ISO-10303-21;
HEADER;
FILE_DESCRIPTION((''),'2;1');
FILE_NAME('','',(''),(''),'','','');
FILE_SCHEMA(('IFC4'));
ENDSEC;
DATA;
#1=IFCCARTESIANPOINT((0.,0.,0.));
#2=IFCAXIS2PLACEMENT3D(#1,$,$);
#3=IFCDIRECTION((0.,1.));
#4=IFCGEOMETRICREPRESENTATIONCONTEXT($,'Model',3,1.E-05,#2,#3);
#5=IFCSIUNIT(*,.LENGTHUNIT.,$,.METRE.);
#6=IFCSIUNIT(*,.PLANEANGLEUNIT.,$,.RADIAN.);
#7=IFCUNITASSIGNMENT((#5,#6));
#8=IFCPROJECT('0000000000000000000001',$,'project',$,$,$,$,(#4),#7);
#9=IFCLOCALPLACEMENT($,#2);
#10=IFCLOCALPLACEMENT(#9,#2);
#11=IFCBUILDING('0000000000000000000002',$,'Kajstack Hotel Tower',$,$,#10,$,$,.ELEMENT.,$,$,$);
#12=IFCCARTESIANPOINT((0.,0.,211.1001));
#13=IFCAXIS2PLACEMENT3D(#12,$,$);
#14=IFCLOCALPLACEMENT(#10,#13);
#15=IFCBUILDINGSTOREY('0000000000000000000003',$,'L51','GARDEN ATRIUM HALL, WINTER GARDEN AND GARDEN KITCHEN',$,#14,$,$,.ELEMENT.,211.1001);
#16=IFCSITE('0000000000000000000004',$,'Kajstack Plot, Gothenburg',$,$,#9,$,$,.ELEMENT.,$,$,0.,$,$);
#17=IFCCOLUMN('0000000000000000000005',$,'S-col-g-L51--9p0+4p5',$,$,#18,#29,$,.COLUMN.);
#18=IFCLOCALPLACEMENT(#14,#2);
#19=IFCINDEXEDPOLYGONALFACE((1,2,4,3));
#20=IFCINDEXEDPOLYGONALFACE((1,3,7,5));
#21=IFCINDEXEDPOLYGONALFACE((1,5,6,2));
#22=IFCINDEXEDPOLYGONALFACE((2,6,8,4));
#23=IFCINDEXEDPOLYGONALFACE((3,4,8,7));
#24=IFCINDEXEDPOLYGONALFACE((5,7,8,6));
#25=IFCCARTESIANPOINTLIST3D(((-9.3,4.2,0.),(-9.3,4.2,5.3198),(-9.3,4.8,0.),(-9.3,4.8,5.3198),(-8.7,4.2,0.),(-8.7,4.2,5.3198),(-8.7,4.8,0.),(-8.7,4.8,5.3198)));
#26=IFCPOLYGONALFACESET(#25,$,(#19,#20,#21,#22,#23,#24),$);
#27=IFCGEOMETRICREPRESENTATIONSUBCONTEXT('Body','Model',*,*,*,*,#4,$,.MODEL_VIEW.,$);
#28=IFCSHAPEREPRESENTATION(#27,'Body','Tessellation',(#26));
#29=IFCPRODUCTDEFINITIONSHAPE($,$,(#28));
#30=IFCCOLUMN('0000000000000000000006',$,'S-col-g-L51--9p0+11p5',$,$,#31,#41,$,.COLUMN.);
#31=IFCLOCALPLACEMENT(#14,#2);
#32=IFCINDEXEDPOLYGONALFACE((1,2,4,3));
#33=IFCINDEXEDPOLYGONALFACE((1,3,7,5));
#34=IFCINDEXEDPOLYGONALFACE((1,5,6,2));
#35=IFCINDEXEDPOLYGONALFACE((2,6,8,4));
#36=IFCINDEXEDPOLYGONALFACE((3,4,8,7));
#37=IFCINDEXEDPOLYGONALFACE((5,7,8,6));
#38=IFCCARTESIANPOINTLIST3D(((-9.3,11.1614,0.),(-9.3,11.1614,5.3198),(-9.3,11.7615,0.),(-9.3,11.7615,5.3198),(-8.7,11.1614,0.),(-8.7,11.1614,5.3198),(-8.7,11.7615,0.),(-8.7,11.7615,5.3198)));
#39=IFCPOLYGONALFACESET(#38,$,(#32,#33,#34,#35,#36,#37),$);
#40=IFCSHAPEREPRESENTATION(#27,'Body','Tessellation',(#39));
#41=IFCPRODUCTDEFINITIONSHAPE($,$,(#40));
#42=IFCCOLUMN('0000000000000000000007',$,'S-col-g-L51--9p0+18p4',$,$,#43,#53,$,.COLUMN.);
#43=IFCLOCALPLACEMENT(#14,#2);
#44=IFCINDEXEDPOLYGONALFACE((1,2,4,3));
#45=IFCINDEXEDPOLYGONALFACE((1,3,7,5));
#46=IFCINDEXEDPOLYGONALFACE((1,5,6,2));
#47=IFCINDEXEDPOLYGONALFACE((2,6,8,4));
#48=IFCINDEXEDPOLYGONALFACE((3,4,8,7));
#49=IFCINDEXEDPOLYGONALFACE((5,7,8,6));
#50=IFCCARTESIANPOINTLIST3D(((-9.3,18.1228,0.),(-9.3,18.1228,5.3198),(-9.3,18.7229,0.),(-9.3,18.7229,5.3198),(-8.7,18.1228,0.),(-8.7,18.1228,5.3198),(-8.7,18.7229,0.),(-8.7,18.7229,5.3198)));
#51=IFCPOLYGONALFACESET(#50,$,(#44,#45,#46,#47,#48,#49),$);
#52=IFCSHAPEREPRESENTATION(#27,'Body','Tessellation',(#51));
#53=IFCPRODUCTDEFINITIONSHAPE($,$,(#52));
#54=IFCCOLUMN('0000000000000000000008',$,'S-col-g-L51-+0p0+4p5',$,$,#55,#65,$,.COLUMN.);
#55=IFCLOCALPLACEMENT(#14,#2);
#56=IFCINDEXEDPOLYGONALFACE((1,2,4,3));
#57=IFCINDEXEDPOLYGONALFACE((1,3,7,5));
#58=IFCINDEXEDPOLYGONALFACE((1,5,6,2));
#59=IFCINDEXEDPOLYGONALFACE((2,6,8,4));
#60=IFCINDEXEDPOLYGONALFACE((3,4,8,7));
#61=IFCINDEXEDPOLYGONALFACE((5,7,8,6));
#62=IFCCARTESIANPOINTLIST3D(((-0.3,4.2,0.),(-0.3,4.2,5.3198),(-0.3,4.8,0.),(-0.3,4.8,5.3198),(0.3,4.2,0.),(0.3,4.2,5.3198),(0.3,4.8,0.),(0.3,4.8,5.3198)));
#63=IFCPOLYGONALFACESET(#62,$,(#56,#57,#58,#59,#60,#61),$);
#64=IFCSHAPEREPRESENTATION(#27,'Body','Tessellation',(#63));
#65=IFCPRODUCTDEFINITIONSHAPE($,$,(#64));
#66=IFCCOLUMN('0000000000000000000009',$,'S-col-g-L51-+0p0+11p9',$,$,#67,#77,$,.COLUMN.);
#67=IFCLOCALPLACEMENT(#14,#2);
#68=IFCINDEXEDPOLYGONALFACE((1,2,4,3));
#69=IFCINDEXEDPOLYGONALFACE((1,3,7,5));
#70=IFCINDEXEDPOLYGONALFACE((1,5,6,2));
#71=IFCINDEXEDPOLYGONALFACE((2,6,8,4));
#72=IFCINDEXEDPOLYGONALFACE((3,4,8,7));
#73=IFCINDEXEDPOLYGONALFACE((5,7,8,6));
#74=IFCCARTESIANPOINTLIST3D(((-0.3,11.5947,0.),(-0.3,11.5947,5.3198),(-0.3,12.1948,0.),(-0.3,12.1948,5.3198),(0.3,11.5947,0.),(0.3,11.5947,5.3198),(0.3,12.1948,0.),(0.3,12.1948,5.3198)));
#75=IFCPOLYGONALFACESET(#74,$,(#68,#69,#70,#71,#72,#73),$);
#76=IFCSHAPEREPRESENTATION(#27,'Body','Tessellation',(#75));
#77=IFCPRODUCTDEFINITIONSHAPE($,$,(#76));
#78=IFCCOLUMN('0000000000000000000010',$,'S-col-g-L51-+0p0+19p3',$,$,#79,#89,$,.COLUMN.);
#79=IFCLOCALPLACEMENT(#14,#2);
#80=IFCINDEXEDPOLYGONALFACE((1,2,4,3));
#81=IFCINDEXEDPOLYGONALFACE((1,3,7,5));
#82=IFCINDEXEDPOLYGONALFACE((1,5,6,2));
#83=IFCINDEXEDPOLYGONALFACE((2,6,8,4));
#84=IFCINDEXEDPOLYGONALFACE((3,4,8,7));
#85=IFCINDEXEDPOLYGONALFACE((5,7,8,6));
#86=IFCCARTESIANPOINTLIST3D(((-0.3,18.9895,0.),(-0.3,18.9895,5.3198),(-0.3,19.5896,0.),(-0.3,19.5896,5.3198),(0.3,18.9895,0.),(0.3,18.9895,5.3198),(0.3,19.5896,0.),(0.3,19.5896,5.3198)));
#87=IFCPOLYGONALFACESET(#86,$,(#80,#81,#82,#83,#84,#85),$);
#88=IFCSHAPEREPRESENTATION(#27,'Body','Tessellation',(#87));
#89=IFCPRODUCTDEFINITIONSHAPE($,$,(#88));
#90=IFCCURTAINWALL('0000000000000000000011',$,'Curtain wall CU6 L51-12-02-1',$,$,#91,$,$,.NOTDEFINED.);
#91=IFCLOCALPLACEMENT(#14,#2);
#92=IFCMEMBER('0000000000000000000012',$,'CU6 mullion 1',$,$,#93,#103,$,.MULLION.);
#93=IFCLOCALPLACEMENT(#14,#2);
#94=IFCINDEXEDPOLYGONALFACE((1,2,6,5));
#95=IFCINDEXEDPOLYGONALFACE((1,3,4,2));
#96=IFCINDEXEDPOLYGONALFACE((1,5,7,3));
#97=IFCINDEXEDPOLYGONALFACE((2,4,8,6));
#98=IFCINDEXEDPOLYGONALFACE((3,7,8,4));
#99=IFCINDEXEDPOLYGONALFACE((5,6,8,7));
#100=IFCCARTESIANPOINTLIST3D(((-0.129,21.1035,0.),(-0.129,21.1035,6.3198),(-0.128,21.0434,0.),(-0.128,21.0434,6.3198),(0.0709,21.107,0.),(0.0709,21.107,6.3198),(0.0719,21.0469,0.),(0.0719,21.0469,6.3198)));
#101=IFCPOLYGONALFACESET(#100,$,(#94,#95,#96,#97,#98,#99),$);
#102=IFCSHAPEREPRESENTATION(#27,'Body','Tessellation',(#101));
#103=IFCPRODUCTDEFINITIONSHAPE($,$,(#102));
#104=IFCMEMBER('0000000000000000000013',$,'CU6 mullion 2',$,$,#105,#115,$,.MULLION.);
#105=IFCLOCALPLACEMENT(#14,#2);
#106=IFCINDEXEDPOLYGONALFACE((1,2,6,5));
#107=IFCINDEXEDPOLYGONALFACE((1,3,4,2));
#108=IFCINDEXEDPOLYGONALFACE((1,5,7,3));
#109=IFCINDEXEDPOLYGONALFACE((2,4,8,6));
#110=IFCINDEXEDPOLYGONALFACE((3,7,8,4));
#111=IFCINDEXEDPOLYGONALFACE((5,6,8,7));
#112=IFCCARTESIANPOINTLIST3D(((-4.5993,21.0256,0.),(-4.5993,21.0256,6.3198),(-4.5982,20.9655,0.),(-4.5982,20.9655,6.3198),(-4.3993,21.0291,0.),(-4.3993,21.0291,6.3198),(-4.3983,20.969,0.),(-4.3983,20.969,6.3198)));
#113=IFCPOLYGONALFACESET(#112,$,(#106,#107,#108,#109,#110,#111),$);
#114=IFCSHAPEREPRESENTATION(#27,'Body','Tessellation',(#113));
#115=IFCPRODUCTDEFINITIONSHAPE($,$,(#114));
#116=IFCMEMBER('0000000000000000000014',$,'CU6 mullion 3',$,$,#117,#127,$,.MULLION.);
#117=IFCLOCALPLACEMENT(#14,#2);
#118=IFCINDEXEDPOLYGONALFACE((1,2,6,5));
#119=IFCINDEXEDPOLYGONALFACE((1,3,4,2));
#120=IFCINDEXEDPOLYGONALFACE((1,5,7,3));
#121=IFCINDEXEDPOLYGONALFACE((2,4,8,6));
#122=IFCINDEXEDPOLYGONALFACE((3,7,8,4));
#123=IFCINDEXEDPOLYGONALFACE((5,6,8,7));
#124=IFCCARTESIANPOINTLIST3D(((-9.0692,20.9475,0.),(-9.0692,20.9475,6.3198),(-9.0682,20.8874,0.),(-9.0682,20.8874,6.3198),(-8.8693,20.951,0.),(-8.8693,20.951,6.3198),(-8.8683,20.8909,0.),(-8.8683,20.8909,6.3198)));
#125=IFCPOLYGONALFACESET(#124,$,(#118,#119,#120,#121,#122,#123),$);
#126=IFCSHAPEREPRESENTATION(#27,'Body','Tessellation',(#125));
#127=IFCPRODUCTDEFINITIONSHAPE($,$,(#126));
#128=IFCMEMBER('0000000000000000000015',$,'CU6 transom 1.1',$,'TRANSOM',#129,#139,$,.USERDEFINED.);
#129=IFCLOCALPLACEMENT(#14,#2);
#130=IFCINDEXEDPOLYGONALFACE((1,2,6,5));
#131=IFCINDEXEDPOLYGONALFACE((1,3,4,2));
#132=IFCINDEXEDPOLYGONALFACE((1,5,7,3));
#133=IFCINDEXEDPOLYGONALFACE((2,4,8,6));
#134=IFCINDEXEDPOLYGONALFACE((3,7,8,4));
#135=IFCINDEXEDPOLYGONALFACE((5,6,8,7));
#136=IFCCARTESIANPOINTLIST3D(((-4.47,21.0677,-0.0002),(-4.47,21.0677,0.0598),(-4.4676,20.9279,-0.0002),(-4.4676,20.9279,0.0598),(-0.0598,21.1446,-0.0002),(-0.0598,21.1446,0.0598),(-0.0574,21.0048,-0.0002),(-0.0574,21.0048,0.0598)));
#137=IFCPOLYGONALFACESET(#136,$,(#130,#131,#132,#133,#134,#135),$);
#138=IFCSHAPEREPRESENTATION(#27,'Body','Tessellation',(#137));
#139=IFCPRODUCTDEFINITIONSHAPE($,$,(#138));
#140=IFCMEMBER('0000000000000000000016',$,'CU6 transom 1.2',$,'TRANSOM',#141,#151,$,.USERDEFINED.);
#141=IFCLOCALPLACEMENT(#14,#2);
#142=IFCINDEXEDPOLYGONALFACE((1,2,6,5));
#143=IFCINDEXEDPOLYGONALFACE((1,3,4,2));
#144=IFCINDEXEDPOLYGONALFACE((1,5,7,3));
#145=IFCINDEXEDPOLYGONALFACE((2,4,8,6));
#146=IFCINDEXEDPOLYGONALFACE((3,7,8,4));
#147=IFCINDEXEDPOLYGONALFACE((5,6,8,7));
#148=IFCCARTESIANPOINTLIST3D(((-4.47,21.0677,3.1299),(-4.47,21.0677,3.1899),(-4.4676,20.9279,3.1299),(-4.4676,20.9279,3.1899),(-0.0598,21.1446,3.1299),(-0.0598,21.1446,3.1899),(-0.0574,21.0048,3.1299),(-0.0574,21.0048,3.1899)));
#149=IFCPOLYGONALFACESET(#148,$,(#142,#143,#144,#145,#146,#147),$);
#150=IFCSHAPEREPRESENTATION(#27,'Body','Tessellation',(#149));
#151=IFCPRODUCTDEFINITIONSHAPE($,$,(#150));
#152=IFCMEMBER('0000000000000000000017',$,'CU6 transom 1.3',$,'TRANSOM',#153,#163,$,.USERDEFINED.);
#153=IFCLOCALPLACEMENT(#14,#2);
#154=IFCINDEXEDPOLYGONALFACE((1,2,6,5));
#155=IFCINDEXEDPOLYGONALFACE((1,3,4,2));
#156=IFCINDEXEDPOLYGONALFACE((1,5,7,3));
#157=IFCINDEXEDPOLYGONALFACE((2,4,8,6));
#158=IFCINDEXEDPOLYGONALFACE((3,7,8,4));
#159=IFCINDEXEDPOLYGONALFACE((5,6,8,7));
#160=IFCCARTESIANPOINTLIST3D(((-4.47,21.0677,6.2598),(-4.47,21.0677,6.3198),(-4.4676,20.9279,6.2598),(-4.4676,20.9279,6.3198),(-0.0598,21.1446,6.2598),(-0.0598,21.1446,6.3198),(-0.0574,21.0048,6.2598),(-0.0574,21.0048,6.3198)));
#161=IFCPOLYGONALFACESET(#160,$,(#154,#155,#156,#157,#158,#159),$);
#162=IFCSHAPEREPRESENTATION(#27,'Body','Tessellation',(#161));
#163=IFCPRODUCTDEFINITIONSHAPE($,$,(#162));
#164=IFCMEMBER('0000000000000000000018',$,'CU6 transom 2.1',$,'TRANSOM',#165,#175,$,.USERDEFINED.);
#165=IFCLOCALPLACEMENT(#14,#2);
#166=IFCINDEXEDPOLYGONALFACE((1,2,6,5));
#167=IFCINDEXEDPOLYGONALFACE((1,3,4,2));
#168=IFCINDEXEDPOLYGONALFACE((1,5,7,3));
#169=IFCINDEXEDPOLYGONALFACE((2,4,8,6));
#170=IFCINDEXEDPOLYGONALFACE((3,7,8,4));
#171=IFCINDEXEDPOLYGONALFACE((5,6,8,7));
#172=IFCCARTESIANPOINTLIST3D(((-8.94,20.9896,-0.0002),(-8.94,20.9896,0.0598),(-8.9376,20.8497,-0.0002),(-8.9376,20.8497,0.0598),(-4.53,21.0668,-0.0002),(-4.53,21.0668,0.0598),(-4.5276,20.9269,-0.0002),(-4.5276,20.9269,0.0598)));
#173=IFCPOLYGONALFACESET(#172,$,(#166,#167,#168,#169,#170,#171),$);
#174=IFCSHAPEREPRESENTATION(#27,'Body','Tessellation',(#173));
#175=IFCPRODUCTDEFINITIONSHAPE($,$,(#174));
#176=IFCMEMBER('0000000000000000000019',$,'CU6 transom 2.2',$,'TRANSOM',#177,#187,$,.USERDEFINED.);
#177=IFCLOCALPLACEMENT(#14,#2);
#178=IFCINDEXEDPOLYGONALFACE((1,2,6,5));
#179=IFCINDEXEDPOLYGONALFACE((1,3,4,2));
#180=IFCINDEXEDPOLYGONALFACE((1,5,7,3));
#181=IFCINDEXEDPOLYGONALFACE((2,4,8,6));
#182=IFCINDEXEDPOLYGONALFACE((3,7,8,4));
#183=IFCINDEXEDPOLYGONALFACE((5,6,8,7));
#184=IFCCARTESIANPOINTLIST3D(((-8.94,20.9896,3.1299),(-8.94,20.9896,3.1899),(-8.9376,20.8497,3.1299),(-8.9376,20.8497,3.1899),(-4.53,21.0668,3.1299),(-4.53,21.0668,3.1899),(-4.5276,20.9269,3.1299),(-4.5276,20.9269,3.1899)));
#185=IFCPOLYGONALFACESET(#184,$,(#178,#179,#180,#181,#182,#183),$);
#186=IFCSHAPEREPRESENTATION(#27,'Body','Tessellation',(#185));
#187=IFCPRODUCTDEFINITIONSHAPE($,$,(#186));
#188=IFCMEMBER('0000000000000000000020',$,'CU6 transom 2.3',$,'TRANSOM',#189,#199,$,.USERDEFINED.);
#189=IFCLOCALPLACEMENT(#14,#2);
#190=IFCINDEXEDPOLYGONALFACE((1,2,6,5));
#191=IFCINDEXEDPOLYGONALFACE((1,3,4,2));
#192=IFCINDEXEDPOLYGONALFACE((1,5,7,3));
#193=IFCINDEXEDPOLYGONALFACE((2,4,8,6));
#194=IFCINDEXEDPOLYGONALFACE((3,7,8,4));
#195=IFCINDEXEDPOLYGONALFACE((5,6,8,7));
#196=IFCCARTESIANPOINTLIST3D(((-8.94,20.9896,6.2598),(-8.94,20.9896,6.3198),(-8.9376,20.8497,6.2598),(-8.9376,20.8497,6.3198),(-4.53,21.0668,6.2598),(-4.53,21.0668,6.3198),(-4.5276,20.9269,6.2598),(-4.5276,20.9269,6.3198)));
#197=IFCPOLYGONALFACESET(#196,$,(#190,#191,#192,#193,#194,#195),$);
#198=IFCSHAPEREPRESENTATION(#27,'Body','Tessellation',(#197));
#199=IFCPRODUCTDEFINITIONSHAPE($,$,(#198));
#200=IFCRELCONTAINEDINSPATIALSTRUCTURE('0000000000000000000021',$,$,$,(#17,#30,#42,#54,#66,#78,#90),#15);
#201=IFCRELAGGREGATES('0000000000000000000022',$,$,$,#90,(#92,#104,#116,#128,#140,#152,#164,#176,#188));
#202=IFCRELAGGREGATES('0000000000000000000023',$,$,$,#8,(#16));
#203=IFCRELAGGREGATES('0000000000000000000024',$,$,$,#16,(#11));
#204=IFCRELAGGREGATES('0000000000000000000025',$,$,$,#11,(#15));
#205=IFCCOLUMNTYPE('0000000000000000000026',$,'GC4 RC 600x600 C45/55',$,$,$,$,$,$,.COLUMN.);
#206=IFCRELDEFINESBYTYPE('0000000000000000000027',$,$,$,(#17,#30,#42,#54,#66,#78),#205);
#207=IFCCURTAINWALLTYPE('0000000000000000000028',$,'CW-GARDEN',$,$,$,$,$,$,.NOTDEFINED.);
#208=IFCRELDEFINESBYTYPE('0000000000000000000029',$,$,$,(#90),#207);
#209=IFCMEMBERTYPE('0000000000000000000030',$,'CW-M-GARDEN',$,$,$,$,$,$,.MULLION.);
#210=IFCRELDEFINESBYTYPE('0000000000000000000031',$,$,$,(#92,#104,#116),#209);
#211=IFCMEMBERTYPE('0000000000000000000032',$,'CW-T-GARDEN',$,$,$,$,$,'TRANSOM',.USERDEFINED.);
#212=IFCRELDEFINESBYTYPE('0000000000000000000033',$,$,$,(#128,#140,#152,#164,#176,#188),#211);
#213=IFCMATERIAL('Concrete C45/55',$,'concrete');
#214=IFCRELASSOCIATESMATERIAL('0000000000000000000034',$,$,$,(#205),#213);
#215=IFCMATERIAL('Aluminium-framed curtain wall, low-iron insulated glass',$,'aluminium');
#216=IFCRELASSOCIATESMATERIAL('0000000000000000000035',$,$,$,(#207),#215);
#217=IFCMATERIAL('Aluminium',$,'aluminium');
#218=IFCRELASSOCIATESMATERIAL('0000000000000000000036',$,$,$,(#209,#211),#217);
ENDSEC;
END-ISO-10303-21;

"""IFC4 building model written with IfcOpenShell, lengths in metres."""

from ifc_helpers import new_model, si_unit, direction, frame, origin, origin_2d, place, context, subcontext, project, spatial, rectangle, extrude, material, material_profile, profile_set, type_object, element, aggregate, save


model = new_model("IFC4")

# Units and contexts
model_context = context("Model", 3, precision=1e-05, world=origin(), true_north=direction((0.0, 1.0)))
body_context = subcontext(model_context, "Body", "Model", "MODEL_VIEW")
ifc_project = project(units=[si_unit("LENGTHUNIT", "METRE"), si_unit("PLANEANGLEUNIT", "RADIAN")], contexts=[model_context])

# Site, building, storey
site_placement = place(None, origin())
site = spatial("IfcSite", under=ifc_project, at=site_placement, Name="Kajstack Plot, Gothenburg", CompositionType="ELEMENT", RefElevation=0.0)
building_placement = place(site_placement, origin())
building = spatial("IfcBuilding", under=site, at=building_placement, Name="Kajstack Hotel Tower", CompositionType="ELEMENT")
storey_placement = place(building_placement, frame((0.0, 0.0, 211.1001)))
storey = spatial("IfcBuildingStorey", under=building, at=storey_placement, Name="L51", Description="GARDEN ATRIUM HALL, WINTER GARDEN AND GARDEN KITCHEN", CompositionType="ELEMENT", Elevation=211.1001)

# Columns
ifc_material_1 = material(Name="Concrete C45/55", Category="concrete")
ifc_material_profile_1 = material_profile(ifc_material_1, rectangle(XDim=0.6001, YDim=0.6001, at=origin_2d()), Name="RC 600x600")
ifc_profile_set_1 = profile_set([ifc_material_profile_1], Name="Concrete C45/55")
column_type = type_object("IfcColumnType", Name="GC4 RC 600x600 C45/55", PredefinedType="COLUMN", material=ifc_profile_set_1)
for number, where, z_axis, x_axis, name in (
    (1, (-9.0, 4.5, 0.0), (0.0, 0.0, 1.0), (1.0, 0.0, 0.0), "S-col-g-L51--9p0+4p5"),
    (2, (-9.0, 11.4614, 0.0), (0.0, 0.0, 1.0), (1.0, 0.0, 0.0), "S-col-g-L51--9p0+11p5"),
    (3, (-9.0, 18.4229, 0.0), (0.0, 0.0, 1.0), (1.0, 0.0, 0.0), "S-col-g-L51--9p0+18p4"),
    (4, (0.0, 4.5, 0.0), (0.0, 0.0, 1.0), (1.0, 0.0, 0.0), "S-col-g-L51-+0p0+4p5"),
    (5, (0.0, 11.8948, 0.0), (0.0, 0.0, 1.0), (1.0, 0.0, 0.0), "S-col-g-L51-+0p0+11p9"),
    (6, (0.0, 19.2896, 0.0), (0.0, 0.0, 1.0), (1.0, 0.0, 0.0), "S-col-g-L51-+0p0+19p3"),
):
    element("IfcColumn", number, at=place(storey_placement, frame(where, z_axis=z_axis, x_axis=x_axis)), inside=storey, type_object=column_type, Name=name, PredefinedType="COLUMN", context=body_context, shape_type="SweptSolid", body=[
        extrude(rectangle(XDim=0.6001, YDim=0.6001, at=origin_2d()), origin(), (0.0, 0.0, 1.0), 5.3198),
    ])

# Curtain wall, members
ifc_material_2 = material(Name="Aluminium-framed curtain wall, low-iron insulated glass", Category="aluminium")
curtain_wall_type = type_object("IfcCurtainWallType", Name="CW-GARDEN", PredefinedType="NOTDEFINED", material=ifc_material_2)
curtain_wall_placement = place(storey_placement, origin())
curtain_wall = element("IfcCurtainWall", 7, at=curtain_wall_placement, inside=storey, type_object=curtain_wall_type, Name="Curtain wall CU6 L51-12-02-1", PredefinedType="NOTDEFINED")
ifc_material_3 = material(Name="Aluminium", Category="aluminium")
ifc_material_profile_2 = material_profile(ifc_material_3, rectangle(XDim=0.0601, YDim=0.2, at=origin_2d()), Name="Aluminium mullion 60 x 200")
ifc_profile_set_2 = profile_set([ifc_material_profile_2], Name="Aluminium")
member_type_1 = type_object("IfcMemberType", Name="CW-M-GARDEN", PredefinedType="MULLION", material=ifc_profile_set_2)
member_1_placement = place(storey_placement, frame((-0.0286, 21.0752, 0.0), z_axis=(0.0, 0.0, 1.0), x_axis=(0.017453, -0.999848, 0.0)))
member_1 = element("IfcMember", 8, at=member_1_placement, type_object=member_type_1, Name="CU6 mullion 1", PredefinedType="MULLION", context=body_context, shape_type="SweptSolid", body=[
    extrude(rectangle(XDim=0.0601, YDim=0.2, at=origin_2d()), origin(), (0.0, 0.0, 1.0), 6.3198),
])
member_2_placement = place(storey_placement, frame((-4.4988, 20.9973, 0.0), z_axis=(0.0, 0.0, 1.0), x_axis=(0.017453, -0.999848, 0.0)))
member_2 = element("IfcMember", 9, at=member_2_placement, type_object=member_type_1, Name="CU6 mullion 2", PredefinedType="MULLION", context=body_context, shape_type="SweptSolid", body=[
    extrude(rectangle(XDim=0.0601, YDim=0.2, at=origin_2d()), origin(), (0.0, 0.0, 1.0), 6.3198),
])
member_3_placement = place(storey_placement, frame((-8.9688, 20.9192, 0.0), z_axis=(0.0, 0.0, 1.0), x_axis=(0.017453, -0.999848, 0.0)))
member_3 = element("IfcMember", 10, at=member_3_placement, type_object=member_type_1, Name="CU6 mullion 3", PredefinedType="MULLION", context=body_context, shape_type="SweptSolid", body=[
    extrude(rectangle(XDim=0.0601, YDim=0.2, at=origin_2d()), origin(), (0.0, 0.0, 1.0), 6.3198),
])
ifc_material_profile_3 = material_profile(ifc_material_3, rectangle(XDim=0.1399, YDim=0.0601, at=origin_2d()), Name="Aluminium transom 140 x 60")
ifc_profile_set_3 = profile_set([ifc_material_profile_3], Name="Aluminium")
member_type_2 = type_object("IfcMemberType", Name="CW-T-GARDEN", ElementType="TRANSOM", PredefinedType="USERDEFINED", material=ifc_profile_set_3)
member_4_placement = place(storey_placement, frame((-0.0586, 21.0747, 0.0298), z_axis=(-0.999848, -0.017435, 0.0), x_axis=(0.017435, -0.999848, 0.0)))
member_4 = element("IfcMember", 11, at=member_4_placement, type_object=member_type_2, Name="CU6 transom 1.1", ObjectType="TRANSOM", PredefinedType="USERDEFINED", context=body_context, shape_type="SweptSolid", body=[
    extrude(rectangle(XDim=0.1399, YDim=0.0601, at=origin_2d()), origin(), (0.0, 0.0, 1.0), 4.4109),
])
member_5_placement = place(storey_placement, frame((-0.0586, 21.0747, 3.1599), z_axis=(-0.999848, -0.017435, 0.0), x_axis=(0.017435, -0.999848, 0.0)))
member_5 = element("IfcMember", 12, at=member_5_placement, type_object=member_type_2, Name="CU6 transom 1.2", ObjectType="TRANSOM", PredefinedType="USERDEFINED", context=body_context, shape_type="SweptSolid", body=[
    extrude(rectangle(XDim=0.1399, YDim=0.0601, at=origin_2d()), origin(), (0.0, 0.0, 1.0), 4.4109),
])
member_6_placement = place(storey_placement, frame((-0.0586, 21.0747, 6.2898), z_axis=(-0.999848, -0.017435, 0.0), x_axis=(0.017435, -0.999848, 0.0)))
member_6 = element("IfcMember", 13, at=member_6_placement, type_object=member_type_2, Name="CU6 transom 1.3", ObjectType="TRANSOM", PredefinedType="USERDEFINED", context=body_context, shape_type="SweptSolid", body=[
    extrude(rectangle(XDim=0.1399, YDim=0.0601, at=origin_2d()), origin(), (0.0, 0.0, 1.0), 4.4109),
])
member_7_placement = place(storey_placement, frame((-4.5288, 20.9968, 0.0298), z_axis=(-0.999847, -0.017492, 0.0), x_axis=(0.017492, -0.999847, 0.0)))
member_7 = element("IfcMember", 14, at=member_7_placement, type_object=member_type_2, Name="CU6 transom 2.1", ObjectType="TRANSOM", PredefinedType="USERDEFINED", context=body_context, shape_type="SweptSolid", body=[
    extrude(rectangle(XDim=0.1399, YDim=0.0601, at=origin_2d()), origin(), (0.0, 0.0, 1.0), 4.4106),
])
member_8_placement = place(storey_placement, frame((-4.5288, 20.9968, 3.1599), z_axis=(-0.999847, -0.017492, 0.0), x_axis=(0.017492, -0.999847, 0.0)))
member_8 = element("IfcMember", 15, at=member_8_placement, type_object=member_type_2, Name="CU6 transom 2.2", ObjectType="TRANSOM", PredefinedType="USERDEFINED", context=body_context, shape_type="SweptSolid", body=[
    extrude(rectangle(XDim=0.1399, YDim=0.0601, at=origin_2d()), origin(), (0.0, 0.0, 1.0), 4.4106),
])
member_9_placement = place(storey_placement, frame((-4.5288, 20.9968, 6.2898), z_axis=(-0.999847, -0.017492, 0.0), x_axis=(0.017492, -0.999847, 0.0)))
member_9 = element("IfcMember", 16, at=member_9_placement, type_object=member_type_2, Name="CU6 transom 2.3", ObjectType="TRANSOM", PredefinedType="USERDEFINED", context=body_context, shape_type="SweptSolid", body=[
    extrude(rectangle(XDim=0.1399, YDim=0.0601, at=origin_2d()), origin(), (0.0, 0.0, 1.0), 4.4106),
])

aggregate(curtain_wall, [member_1, member_2, member_3, member_4, member_5, member_6, member_7, member_8, member_9])

save(model, "model.ifc")
